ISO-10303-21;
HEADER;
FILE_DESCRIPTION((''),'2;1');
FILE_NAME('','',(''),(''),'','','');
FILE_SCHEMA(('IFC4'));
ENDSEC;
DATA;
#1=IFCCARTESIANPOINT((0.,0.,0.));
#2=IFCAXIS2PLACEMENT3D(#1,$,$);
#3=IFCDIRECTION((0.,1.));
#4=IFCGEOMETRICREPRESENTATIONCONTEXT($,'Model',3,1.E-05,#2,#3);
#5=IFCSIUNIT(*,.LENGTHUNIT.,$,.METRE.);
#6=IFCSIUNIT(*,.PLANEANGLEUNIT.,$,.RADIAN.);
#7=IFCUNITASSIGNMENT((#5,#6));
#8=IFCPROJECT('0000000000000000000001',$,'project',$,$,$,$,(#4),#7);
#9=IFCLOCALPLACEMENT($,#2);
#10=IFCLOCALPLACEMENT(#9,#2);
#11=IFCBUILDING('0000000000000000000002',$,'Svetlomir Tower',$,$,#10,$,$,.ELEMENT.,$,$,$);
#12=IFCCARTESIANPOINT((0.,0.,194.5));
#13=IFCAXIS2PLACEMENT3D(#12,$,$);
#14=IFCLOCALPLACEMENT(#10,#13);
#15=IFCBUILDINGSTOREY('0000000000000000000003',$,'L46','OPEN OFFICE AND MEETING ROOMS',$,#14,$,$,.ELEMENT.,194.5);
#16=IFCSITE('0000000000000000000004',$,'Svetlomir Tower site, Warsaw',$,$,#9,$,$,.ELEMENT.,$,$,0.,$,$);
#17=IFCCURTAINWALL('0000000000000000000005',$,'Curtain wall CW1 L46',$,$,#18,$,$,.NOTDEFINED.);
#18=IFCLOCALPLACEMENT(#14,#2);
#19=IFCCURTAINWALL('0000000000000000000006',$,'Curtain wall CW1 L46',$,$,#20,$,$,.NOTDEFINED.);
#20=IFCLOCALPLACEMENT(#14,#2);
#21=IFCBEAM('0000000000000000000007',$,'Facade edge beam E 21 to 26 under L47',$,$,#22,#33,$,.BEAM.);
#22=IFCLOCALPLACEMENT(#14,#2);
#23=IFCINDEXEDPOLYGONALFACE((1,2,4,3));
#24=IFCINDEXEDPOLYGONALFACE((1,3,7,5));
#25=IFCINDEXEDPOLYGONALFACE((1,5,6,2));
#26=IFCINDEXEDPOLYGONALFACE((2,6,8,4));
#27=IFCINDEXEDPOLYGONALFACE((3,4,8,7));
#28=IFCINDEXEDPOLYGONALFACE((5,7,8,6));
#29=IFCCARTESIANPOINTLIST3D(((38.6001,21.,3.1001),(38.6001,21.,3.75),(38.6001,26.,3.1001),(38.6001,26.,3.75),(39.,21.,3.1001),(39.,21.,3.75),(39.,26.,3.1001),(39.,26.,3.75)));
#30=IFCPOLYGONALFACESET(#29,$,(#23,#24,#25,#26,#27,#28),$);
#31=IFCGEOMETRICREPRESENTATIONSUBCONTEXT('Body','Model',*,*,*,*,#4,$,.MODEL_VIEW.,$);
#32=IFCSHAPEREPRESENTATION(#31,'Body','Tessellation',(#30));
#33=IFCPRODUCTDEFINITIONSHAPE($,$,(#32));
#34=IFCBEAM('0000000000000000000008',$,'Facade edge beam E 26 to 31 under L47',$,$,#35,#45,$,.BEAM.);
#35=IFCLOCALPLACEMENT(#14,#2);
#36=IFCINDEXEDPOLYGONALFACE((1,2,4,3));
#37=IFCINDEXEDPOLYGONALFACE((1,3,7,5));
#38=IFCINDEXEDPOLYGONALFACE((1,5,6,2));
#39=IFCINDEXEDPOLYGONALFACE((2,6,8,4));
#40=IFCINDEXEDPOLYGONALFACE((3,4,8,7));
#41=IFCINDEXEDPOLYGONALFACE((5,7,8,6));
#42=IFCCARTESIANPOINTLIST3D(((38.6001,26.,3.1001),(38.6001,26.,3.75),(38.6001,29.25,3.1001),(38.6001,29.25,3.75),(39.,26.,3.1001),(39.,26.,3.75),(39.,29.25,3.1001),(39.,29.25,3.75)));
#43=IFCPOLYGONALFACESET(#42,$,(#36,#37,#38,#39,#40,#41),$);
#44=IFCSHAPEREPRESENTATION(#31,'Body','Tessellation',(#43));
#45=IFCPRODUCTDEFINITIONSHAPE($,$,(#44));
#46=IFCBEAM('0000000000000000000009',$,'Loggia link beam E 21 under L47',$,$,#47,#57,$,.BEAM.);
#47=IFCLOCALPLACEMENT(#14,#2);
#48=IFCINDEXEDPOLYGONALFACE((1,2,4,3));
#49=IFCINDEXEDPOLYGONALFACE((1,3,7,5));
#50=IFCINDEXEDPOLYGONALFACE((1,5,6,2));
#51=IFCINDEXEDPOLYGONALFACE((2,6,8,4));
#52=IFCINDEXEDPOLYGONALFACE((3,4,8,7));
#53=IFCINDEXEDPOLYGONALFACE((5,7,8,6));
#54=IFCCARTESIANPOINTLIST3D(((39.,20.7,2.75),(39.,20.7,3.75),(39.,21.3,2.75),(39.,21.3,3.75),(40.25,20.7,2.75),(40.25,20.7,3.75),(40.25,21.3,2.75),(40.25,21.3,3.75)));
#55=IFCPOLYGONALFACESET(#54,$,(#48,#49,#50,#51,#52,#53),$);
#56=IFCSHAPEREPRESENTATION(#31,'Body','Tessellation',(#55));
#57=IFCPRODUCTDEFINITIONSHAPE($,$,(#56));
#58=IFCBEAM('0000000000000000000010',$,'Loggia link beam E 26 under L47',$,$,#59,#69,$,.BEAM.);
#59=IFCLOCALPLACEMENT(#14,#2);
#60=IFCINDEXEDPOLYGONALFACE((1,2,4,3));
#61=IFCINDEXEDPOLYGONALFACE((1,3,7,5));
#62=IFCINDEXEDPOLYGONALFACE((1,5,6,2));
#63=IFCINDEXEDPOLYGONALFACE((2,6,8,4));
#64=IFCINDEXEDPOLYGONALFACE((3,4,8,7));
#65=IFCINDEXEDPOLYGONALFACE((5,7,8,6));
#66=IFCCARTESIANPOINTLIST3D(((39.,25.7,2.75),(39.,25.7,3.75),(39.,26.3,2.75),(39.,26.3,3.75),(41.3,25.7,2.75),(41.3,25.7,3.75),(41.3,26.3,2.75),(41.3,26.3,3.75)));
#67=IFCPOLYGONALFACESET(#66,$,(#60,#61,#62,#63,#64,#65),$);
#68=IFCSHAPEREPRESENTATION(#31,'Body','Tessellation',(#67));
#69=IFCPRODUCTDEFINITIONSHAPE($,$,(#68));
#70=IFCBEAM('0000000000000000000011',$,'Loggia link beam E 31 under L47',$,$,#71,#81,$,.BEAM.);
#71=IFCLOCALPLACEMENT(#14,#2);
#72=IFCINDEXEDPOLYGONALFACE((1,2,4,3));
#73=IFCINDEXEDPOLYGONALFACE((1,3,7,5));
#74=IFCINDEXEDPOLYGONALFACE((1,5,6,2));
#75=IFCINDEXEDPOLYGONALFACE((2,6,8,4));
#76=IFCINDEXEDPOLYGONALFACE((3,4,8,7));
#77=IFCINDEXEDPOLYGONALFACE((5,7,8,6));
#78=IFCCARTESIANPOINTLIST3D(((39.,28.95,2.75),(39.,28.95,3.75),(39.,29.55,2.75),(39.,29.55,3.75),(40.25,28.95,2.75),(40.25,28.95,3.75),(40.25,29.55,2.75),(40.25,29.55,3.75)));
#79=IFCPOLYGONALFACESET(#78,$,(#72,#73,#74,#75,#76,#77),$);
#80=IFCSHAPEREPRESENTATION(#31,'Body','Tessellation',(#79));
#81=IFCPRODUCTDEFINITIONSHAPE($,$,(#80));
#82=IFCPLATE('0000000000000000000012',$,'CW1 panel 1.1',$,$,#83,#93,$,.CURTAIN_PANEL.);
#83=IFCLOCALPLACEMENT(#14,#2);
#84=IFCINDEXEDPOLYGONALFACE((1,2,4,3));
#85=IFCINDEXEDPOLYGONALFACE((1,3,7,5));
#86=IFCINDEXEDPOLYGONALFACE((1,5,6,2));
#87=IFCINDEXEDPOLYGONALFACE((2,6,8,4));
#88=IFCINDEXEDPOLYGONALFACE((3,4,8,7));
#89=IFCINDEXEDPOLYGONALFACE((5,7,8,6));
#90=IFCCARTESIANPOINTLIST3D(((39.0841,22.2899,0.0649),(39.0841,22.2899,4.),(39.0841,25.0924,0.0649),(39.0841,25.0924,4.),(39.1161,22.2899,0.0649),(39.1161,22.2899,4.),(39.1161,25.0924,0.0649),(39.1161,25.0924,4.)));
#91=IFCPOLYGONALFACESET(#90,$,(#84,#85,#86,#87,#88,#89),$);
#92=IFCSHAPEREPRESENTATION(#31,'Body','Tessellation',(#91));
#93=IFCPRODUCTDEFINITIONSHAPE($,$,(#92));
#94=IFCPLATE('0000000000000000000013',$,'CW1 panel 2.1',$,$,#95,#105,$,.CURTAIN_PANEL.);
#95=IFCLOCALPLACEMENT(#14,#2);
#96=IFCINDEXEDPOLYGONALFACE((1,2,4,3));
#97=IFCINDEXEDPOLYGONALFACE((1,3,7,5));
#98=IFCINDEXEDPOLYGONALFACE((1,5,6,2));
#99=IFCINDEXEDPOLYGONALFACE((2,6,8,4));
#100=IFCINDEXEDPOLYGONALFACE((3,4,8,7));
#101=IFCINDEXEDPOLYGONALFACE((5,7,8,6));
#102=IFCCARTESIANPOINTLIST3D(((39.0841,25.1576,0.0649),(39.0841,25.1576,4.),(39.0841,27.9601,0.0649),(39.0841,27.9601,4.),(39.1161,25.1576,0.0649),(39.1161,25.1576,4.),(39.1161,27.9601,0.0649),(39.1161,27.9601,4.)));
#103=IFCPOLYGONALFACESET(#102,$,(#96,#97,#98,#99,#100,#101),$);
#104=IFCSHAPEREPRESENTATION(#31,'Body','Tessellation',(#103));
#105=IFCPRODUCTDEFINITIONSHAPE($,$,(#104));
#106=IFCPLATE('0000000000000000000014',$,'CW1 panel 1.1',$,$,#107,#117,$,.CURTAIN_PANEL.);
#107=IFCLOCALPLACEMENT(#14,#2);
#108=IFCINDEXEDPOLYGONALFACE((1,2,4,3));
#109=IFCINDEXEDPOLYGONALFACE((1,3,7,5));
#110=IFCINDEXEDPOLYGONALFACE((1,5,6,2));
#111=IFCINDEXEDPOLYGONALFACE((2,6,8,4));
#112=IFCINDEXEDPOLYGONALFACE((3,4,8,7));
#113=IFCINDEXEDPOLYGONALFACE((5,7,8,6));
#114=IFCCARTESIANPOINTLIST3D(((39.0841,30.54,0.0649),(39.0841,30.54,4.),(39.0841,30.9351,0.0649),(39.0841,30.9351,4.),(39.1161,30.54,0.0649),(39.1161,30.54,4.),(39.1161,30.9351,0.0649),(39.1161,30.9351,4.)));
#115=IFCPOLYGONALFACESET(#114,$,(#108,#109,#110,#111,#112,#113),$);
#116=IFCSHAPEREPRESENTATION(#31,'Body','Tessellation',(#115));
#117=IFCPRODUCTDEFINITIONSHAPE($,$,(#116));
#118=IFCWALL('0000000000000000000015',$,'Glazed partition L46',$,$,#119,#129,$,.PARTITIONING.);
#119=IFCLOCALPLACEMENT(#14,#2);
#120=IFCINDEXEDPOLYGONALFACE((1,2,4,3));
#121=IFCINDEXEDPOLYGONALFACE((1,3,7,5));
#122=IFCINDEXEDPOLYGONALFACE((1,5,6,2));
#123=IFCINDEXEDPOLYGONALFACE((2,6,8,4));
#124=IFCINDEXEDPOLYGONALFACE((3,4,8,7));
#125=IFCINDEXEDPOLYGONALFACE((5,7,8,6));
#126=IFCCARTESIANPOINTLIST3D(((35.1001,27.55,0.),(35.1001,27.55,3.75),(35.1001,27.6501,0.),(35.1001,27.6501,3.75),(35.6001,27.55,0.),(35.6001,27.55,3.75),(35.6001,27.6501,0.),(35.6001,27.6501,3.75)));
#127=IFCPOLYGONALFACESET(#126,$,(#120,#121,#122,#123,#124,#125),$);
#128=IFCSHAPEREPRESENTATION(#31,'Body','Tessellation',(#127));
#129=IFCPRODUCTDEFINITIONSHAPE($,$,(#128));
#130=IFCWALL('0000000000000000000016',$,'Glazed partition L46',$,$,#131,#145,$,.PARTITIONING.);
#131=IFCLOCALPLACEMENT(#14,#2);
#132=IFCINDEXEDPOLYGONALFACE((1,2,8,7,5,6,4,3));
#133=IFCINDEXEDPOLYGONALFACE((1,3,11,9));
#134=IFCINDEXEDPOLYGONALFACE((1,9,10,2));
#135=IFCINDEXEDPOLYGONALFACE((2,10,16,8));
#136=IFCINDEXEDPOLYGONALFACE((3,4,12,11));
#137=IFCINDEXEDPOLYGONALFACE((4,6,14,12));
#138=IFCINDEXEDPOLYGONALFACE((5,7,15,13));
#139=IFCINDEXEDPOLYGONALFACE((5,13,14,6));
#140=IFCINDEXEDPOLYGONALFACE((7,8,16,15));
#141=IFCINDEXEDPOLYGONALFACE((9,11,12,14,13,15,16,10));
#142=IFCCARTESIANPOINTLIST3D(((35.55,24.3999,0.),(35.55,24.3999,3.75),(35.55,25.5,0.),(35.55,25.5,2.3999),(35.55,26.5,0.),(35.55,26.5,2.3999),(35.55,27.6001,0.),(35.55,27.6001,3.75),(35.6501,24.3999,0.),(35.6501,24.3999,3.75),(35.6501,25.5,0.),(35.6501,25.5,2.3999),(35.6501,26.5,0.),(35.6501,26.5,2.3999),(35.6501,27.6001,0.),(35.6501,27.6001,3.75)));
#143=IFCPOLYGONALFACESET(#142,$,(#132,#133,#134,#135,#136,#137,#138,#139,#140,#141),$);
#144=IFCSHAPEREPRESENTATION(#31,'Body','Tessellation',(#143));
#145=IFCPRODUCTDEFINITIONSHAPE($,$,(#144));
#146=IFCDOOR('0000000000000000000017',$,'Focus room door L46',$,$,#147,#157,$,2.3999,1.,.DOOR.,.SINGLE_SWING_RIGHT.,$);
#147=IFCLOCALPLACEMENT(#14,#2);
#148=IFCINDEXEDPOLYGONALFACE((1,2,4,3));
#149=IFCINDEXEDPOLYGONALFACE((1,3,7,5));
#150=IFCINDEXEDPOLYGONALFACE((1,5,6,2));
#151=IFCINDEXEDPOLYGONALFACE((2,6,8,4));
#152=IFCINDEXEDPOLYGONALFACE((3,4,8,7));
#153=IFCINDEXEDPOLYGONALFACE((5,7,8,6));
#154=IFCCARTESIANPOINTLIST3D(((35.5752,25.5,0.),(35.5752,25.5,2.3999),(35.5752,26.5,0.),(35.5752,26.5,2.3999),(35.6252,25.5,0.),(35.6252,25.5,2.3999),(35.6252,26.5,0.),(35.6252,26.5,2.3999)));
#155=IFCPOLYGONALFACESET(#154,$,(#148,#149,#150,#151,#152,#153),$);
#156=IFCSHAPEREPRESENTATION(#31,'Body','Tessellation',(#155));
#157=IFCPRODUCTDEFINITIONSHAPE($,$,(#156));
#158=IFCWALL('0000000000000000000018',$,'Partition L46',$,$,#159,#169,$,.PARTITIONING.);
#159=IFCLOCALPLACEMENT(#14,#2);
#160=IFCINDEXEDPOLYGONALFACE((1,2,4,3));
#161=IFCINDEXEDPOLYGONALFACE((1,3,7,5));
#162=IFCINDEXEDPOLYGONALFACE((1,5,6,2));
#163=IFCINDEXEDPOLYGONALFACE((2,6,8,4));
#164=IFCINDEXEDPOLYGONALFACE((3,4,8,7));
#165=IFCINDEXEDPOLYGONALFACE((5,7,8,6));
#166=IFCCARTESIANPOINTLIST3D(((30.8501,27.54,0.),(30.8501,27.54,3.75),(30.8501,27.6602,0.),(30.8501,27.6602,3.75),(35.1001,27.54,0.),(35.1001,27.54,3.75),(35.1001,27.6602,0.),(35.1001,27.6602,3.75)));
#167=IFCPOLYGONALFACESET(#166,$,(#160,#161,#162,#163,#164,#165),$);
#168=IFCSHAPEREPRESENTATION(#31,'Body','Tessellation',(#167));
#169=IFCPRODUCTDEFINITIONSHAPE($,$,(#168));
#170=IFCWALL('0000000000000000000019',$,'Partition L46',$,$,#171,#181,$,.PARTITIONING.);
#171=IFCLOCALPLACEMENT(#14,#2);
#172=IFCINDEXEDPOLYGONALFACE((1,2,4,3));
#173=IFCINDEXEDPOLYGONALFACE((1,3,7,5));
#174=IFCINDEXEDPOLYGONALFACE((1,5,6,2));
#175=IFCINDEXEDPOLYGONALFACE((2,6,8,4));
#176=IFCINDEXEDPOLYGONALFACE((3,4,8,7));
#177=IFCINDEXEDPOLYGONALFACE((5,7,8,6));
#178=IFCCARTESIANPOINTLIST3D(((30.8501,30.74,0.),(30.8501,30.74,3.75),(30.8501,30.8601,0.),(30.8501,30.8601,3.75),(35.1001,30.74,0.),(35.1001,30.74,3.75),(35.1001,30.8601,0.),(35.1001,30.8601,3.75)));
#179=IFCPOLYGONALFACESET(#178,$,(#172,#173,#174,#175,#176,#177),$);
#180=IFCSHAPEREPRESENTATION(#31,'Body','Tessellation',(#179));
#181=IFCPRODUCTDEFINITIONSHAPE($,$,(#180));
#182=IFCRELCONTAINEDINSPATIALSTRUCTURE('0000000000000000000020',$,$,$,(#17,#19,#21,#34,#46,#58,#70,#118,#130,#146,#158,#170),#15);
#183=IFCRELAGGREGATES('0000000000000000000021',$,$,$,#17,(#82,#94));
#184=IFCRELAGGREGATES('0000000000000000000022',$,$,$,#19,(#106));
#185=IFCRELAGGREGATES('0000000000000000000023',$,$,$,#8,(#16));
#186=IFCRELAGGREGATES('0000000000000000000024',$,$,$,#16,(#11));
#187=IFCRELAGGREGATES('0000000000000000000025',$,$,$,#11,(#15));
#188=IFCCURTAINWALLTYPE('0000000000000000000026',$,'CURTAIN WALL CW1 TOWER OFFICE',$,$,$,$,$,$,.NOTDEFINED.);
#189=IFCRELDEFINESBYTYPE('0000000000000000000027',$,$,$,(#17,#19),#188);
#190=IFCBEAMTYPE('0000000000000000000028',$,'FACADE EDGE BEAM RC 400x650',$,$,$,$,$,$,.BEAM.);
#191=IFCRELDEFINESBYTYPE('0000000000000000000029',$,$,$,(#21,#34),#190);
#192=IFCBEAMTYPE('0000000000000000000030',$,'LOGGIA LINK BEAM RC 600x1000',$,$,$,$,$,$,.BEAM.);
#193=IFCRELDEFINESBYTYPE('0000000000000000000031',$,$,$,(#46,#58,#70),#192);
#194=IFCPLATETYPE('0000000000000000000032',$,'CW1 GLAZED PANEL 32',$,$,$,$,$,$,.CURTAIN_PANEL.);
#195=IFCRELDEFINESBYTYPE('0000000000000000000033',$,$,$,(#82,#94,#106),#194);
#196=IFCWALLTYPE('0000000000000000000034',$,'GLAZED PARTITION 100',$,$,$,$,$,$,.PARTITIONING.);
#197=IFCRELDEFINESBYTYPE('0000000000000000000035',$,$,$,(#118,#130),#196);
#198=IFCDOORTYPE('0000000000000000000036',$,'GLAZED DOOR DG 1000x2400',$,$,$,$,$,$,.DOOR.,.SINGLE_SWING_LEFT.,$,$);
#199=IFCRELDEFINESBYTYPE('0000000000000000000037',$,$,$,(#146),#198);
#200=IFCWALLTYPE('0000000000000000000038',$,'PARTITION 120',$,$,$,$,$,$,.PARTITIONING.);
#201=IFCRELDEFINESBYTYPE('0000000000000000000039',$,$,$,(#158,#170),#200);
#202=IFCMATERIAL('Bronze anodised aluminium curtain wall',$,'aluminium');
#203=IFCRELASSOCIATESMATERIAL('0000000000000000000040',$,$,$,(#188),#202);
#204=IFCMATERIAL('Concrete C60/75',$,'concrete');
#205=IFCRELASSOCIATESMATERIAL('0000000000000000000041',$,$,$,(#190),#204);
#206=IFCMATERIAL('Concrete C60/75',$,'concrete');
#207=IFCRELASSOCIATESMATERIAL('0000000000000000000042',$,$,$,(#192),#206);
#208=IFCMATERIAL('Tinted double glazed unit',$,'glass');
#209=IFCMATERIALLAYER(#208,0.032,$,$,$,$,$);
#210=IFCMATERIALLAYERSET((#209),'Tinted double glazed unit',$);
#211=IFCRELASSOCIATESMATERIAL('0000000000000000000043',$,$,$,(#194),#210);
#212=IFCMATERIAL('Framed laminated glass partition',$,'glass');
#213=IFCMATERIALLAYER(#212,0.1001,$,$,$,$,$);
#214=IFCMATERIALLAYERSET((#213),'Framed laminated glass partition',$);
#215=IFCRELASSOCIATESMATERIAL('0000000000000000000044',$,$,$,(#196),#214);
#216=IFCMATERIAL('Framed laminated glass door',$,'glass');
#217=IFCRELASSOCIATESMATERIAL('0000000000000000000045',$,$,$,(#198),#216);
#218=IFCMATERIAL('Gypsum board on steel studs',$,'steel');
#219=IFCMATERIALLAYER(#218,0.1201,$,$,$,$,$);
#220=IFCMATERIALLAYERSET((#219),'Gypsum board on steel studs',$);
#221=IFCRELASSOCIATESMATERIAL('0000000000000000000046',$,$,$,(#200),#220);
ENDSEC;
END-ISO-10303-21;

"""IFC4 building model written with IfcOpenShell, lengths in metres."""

from ifc_helpers import new_model, si_unit, direction, frame, frame_2d, origin, origin_2d, place, context, subcontext, project, spatial, rectangle, extrude, material, layer, layer_set, material_profile, profile_set, type_object, element, fill, aggregate, save


model = new_model("IFC4")

# Units and contexts
model_context = context("Model", 3, precision=1e-05, world=origin(), true_north=direction((0.0, 1.0)))
body_context = subcontext(model_context, "Body", "Model", "MODEL_VIEW")
ifc_project = project(units=[si_unit("LENGTHUNIT", "METRE"), si_unit("PLANEANGLEUNIT", "RADIAN")], contexts=[model_context])

# Site, building, storey
site_placement = place(None, origin())
site = spatial("IfcSite", under=ifc_project, at=site_placement, Name="Svetlomir Tower site, Warsaw", CompositionType="ELEMENT", RefElevation=0.0)
building_placement = place(site_placement, origin())
building = spatial("IfcBuilding", under=site, at=building_placement, Name="Svetlomir Tower", CompositionType="ELEMENT")
storey_placement = place(building_placement, frame((0.0, 0.0, 194.5)))
storey = spatial("IfcBuildingStorey", under=building, at=storey_placement, Name="L46", Description="OPEN OFFICE AND MEETING ROOMS", CompositionType="ELEMENT", Elevation=194.5)

# Curtain wall
ifc_material_1 = material(Name="Bronze anodised aluminium curtain wall", Category="aluminium")
curtain_wall_type = type_object("IfcCurtainWallType", Name="CURTAIN WALL CW1 TOWER OFFICE", PredefinedType="NOTDEFINED", material=ifc_material_1)
curtain_wall_1_placement = place(storey_placement, origin())
curtain_wall_1 = element("IfcCurtainWall", 1, at=curtain_wall_1_placement, inside=storey, type_object=curtain_wall_type, Name="Curtain wall CW1 L46", PredefinedType="NOTDEFINED")

# Curtain wall
curtain_wall_2_placement = place(storey_placement, origin())
curtain_wall_2 = element("IfcCurtainWall", 2, at=curtain_wall_2_placement, inside=storey, type_object=curtain_wall_type, Name="Curtain wall CW1 L46", PredefinedType="NOTDEFINED")

# Beams
ifc_material_2 = material(Name="Concrete C60/75", Category="concrete")
ifc_material_profile_1 = material_profile(ifc_material_2, rectangle(XDim=0.3999, YDim=0.6499, at=origin_2d()), Name="RC 400x650")
ifc_profile_set_1 = profile_set([ifc_material_profile_1], Name="Concrete C60/75")
beam_type_1 = type_object("IfcBeamType", Name="FACADE EDGE BEAM RC 400x650", PredefinedType="BEAM", material=ifc_profile_set_1)
beam_1_placement = place(storey_placement, frame((38.8, 21.0, 3.425), z_axis=(0.0, 1.0, 0.0), x_axis=(-1.0, 0.0, 0.0)))
element("IfcBeam", 3, at=beam_1_placement, inside=storey, type_object=beam_type_1, Name="Facade edge beam E 21 to 26 under L47", PredefinedType="BEAM", context=body_context, shape_type="SweptSolid", body=[
    extrude(rectangle(XDim=0.3999, YDim=0.6499, at=origin_2d()), origin(), (0.0, 0.0, 1.0), 5.0),
])
beam_2_placement = place(storey_placement, frame((38.8, 26.0, 3.425), z_axis=(0.0, 1.0, 0.0), x_axis=(-1.0, 0.0, 0.0)))
element("IfcBeam", 4, at=beam_2_placement, inside=storey, type_object=beam_type_1, Name="Facade edge beam E 26 to 31 under L47", PredefinedType="BEAM", context=body_context, shape_type="SweptSolid", body=[
    extrude(rectangle(XDim=0.3999, YDim=0.6499, at=origin_2d()), origin(), (0.0, 0.0, 1.0), 3.25),
])
ifc_material_3 = material(Name="Concrete C60/75", Category="concrete")
ifc_material_profile_2 = material_profile(ifc_material_3, rectangle(XDim=0.6001, YDim=1.0, at=origin_2d()), Name="RC 600x1000")
ifc_profile_set_2 = profile_set([ifc_material_profile_2], Name="Concrete C60/75")
beam_type_2 = type_object("IfcBeamType", Name="LOGGIA LINK BEAM RC 600x1000", PredefinedType="BEAM", material=ifc_profile_set_2)
beam_3_placement = place(storey_placement, frame((40.25, 21.0, 3.25), z_axis=(-1.0, 0.0, 0.0), x_axis=(0.0, -1.0, 0.0)))
element("IfcBeam", 5, at=beam_3_placement, inside=storey, type_object=beam_type_2, Name="Loggia link beam E 21 under L47", PredefinedType="BEAM", context=body_context, shape_type="SweptSolid", body=[
    extrude(rectangle(XDim=0.6001, YDim=1.0, at=origin_2d()), origin(), (0.0, 0.0, 1.0), 1.25),
])
beam_4_placement = place(storey_placement, frame((41.3, 26.0, 3.25), z_axis=(-1.0, 0.0, 0.0), x_axis=(0.0, -1.0, 0.0)))
element("IfcBeam", 6, at=beam_4_placement, inside=storey, type_object=beam_type_2, Name="Loggia link beam E 26 under L47", PredefinedType="BEAM", context=body_context, shape_type="SweptSolid", body=[
    extrude(rectangle(XDim=0.6001, YDim=1.0, at=origin_2d()), origin(), (0.0, 0.0, 1.0), 2.3),
])
beam_5_placement = place(storey_placement, frame((40.25, 29.25, 3.25), z_axis=(-1.0, 0.0, 0.0), x_axis=(0.0, -1.0, 0.0)))
element("IfcBeam", 7, at=beam_5_placement, inside=storey, type_object=beam_type_2, Name="Loggia link beam E 31 under L47", PredefinedType="BEAM", context=body_context, shape_type="SweptSolid", body=[
    extrude(rectangle(XDim=0.6001, YDim=1.0, at=origin_2d()), origin(), (0.0, 0.0, 1.0), 1.25),
])

# Plates
ifc_material_4 = material(Name="Tinted double glazed unit", Category="glass")
ifc_layer_1 = layer(ifc_material_4, 0.032)
ifc_layer_set_1 = layer_set([ifc_layer_1], Name="Tinted double glazed unit")
plate_type = type_object("IfcPlateType", Name="CW1 GLAZED PANEL 32", PredefinedType="CURTAIN_PANEL", material=ifc_layer_set_1)
plate_1_placement = place(storey_placement, frame((39.1001, 23.6912, 0.0649), z_axis=(0.0, 0.0, 1.0), x_axis=(0.0, 1.0, 0.0)))
plate_1 = element("IfcPlate", 8, at=plate_1_placement, type_object=plate_type, Name="CW1 panel 1.1", PredefinedType="CURTAIN_PANEL", context=body_context, shape_type="SweptSolid", body=[
    extrude(rectangle(XDim=2.8025, YDim=0.032, at=origin_2d()), origin(), (0.0, 0.0, 1.0), 3.9351),
])
plate_2_placement = place(storey_placement, frame((39.1001, 26.5588, 0.0649), z_axis=(0.0, 0.0, 1.0), x_axis=(0.0, 1.0, 0.0)))
plate_2 = element("IfcPlate", 9, at=plate_2_placement, type_object=plate_type, Name="CW1 panel 2.1", PredefinedType="CURTAIN_PANEL", context=body_context, shape_type="SweptSolid", body=[
    extrude(rectangle(XDim=2.8025, YDim=0.032, at=origin_2d()), origin(), (0.0, 0.0, 1.0), 3.9351),
])
aggregate(curtain_wall_1, [plate_1, plate_2])
plate_3_placement = place(storey_placement, frame((39.1001, 30.7375, 0.0649), z_axis=(0.0, 0.0, 1.0), x_axis=(0.0, 1.0, 0.0)))
plate_3 = element("IfcPlate", 10, at=plate_3_placement, type_object=plate_type, Name="CW1 panel 1.1", PredefinedType="CURTAIN_PANEL", context=body_context, shape_type="SweptSolid", body=[
    extrude(rectangle(XDim=0.395, YDim=0.032, at=origin_2d()), origin(), (0.0, 0.0, 1.0), 3.9351),
])
aggregate(curtain_wall_2, [plate_3])

# Wall
ifc_material_5 = material(Name="Framed laminated glass partition", Category="glass")
ifc_layer_2 = layer(ifc_material_5, 0.1001)
ifc_layer_set_2 = layer_set([ifc_layer_2], Name="Framed laminated glass partition")
wall_type_1 = type_object("IfcWallType", Name="GLAZED PARTITION 100", PredefinedType="PARTITIONING", material=ifc_layer_set_2)
wall_1_placement = place(storey_placement, frame((35.1001, 27.6001, 0.0), z_axis=(0.0, 0.0, 1.0), x_axis=(1.0, 0.0, 0.0)))
element("IfcWall", 11, at=wall_1_placement, inside=storey, type_object=wall_type_1, Name="Glazed partition L46", PredefinedType="PARTITIONING", context=body_context, shape_type="SweptSolid", body=[
    extrude(rectangle(XDim=0.5, YDim=0.1001, at=frame_2d((0.25, 0.0))), origin(), (0.0, 0.0, 1.0), 3.75),
])

# Wall, opening, door
wall_2_placement = place(storey_placement, frame((35.6001, 24.3999, 0.0), z_axis=(0.0, 0.0, 1.0), x_axis=(0.0, 1.0, 0.0)))
wall_2 = element("IfcWall", 12, at=wall_2_placement, inside=storey, type_object=wall_type_1, Name="Glazed partition L46", PredefinedType="PARTITIONING", context=body_context, shape_type="SweptSolid", body=[
    extrude(rectangle(XDim=3.2002, YDim=0.1001, at=frame_2d((1.6001, 0.0))), origin(), (0.0, 0.0, 1.0), 3.75),
])
opening_1_placement = place(wall_2_placement, frame((1.1001, 0.0, 0.0)))
opening_1 = element("IfcOpeningElement", 13, at=opening_1_placement, cuts=wall_2, PredefinedType="OPENING", context=body_context, shape_type="SweptSolid", body=[
    extrude(rectangle(XDim=1.0, YDim=2.3999, at=frame_2d((0.5, 1.2))), frame((0.0, 0.0601, 0.0), z_axis=(0.0, -1.0, 0.0), x_axis=(1.0, 0.0, 0.0)), (0.0, 0.0, 1.0), 0.1201),
])
ifc_material_6 = material(Name="Framed laminated glass door", Category="glass")
door_type_1 = type_object("IfcDoorType", Name="GLAZED DOOR DG 1000x2400", OperationType="SINGLE_SWING_LEFT", PredefinedType="DOOR", material=ifc_material_6)
door_1_placement = place(opening_1_placement, origin())
door_1 = element("IfcDoor", 14, at=door_1_placement, inside=storey, type_object=door_type_1, Name="Focus room door L46", OperationType="SINGLE_SWING_RIGHT", OverallHeight=2.3999, OverallWidth=1.0, PredefinedType="DOOR", context=body_context, shape_type="SweptSolid", body=[
    extrude(rectangle(XDim=1.0, YDim=2.3999, at=frame_2d((0.5, 1.2))), frame((0.0, 0.0249, 0.0), z_axis=(0.0, -1.0, 0.0), x_axis=(1.0, 0.0, 0.0)), (0.0, 0.0, 1.0), 0.05),
])
fill(opening_1, door_1)

# Walls
ifc_material_7 = material(Name="Gypsum board on steel studs", Category="steel")
ifc_layer_3 = layer(ifc_material_7, 0.1201)
ifc_layer_set_3 = layer_set([ifc_layer_3], Name="Gypsum board on steel studs")
wall_type_2 = type_object("IfcWallType", Name="PARTITION 120", PredefinedType="PARTITIONING", material=ifc_layer_set_3)
for number, where, z_axis, x_axis, name in (
    (15, (30.8501, 27.6001, 0.0), (0.0, 0.0, 1.0), (1.0, 0.0, 0.0), "Partition L46"),
    (16, (30.8501, 30.8, 0.0), (0.0, 0.0, 1.0), (1.0, 0.0, 0.0), "Partition L46"),
):
    element("IfcWall", number, at=place(storey_placement, frame(where, z_axis=z_axis, x_axis=x_axis)), inside=storey, type_object=wall_type_2, Name=name, PredefinedType="PARTITIONING", context=body_context, shape_type="SweptSolid", body=[
        extrude(rectangle(XDim=4.25, YDim=0.1201, at=frame_2d((2.125, 0.0))), origin(), (0.0, 0.0, 1.0), 3.75),
    ])

save(model, "model.ifc")
